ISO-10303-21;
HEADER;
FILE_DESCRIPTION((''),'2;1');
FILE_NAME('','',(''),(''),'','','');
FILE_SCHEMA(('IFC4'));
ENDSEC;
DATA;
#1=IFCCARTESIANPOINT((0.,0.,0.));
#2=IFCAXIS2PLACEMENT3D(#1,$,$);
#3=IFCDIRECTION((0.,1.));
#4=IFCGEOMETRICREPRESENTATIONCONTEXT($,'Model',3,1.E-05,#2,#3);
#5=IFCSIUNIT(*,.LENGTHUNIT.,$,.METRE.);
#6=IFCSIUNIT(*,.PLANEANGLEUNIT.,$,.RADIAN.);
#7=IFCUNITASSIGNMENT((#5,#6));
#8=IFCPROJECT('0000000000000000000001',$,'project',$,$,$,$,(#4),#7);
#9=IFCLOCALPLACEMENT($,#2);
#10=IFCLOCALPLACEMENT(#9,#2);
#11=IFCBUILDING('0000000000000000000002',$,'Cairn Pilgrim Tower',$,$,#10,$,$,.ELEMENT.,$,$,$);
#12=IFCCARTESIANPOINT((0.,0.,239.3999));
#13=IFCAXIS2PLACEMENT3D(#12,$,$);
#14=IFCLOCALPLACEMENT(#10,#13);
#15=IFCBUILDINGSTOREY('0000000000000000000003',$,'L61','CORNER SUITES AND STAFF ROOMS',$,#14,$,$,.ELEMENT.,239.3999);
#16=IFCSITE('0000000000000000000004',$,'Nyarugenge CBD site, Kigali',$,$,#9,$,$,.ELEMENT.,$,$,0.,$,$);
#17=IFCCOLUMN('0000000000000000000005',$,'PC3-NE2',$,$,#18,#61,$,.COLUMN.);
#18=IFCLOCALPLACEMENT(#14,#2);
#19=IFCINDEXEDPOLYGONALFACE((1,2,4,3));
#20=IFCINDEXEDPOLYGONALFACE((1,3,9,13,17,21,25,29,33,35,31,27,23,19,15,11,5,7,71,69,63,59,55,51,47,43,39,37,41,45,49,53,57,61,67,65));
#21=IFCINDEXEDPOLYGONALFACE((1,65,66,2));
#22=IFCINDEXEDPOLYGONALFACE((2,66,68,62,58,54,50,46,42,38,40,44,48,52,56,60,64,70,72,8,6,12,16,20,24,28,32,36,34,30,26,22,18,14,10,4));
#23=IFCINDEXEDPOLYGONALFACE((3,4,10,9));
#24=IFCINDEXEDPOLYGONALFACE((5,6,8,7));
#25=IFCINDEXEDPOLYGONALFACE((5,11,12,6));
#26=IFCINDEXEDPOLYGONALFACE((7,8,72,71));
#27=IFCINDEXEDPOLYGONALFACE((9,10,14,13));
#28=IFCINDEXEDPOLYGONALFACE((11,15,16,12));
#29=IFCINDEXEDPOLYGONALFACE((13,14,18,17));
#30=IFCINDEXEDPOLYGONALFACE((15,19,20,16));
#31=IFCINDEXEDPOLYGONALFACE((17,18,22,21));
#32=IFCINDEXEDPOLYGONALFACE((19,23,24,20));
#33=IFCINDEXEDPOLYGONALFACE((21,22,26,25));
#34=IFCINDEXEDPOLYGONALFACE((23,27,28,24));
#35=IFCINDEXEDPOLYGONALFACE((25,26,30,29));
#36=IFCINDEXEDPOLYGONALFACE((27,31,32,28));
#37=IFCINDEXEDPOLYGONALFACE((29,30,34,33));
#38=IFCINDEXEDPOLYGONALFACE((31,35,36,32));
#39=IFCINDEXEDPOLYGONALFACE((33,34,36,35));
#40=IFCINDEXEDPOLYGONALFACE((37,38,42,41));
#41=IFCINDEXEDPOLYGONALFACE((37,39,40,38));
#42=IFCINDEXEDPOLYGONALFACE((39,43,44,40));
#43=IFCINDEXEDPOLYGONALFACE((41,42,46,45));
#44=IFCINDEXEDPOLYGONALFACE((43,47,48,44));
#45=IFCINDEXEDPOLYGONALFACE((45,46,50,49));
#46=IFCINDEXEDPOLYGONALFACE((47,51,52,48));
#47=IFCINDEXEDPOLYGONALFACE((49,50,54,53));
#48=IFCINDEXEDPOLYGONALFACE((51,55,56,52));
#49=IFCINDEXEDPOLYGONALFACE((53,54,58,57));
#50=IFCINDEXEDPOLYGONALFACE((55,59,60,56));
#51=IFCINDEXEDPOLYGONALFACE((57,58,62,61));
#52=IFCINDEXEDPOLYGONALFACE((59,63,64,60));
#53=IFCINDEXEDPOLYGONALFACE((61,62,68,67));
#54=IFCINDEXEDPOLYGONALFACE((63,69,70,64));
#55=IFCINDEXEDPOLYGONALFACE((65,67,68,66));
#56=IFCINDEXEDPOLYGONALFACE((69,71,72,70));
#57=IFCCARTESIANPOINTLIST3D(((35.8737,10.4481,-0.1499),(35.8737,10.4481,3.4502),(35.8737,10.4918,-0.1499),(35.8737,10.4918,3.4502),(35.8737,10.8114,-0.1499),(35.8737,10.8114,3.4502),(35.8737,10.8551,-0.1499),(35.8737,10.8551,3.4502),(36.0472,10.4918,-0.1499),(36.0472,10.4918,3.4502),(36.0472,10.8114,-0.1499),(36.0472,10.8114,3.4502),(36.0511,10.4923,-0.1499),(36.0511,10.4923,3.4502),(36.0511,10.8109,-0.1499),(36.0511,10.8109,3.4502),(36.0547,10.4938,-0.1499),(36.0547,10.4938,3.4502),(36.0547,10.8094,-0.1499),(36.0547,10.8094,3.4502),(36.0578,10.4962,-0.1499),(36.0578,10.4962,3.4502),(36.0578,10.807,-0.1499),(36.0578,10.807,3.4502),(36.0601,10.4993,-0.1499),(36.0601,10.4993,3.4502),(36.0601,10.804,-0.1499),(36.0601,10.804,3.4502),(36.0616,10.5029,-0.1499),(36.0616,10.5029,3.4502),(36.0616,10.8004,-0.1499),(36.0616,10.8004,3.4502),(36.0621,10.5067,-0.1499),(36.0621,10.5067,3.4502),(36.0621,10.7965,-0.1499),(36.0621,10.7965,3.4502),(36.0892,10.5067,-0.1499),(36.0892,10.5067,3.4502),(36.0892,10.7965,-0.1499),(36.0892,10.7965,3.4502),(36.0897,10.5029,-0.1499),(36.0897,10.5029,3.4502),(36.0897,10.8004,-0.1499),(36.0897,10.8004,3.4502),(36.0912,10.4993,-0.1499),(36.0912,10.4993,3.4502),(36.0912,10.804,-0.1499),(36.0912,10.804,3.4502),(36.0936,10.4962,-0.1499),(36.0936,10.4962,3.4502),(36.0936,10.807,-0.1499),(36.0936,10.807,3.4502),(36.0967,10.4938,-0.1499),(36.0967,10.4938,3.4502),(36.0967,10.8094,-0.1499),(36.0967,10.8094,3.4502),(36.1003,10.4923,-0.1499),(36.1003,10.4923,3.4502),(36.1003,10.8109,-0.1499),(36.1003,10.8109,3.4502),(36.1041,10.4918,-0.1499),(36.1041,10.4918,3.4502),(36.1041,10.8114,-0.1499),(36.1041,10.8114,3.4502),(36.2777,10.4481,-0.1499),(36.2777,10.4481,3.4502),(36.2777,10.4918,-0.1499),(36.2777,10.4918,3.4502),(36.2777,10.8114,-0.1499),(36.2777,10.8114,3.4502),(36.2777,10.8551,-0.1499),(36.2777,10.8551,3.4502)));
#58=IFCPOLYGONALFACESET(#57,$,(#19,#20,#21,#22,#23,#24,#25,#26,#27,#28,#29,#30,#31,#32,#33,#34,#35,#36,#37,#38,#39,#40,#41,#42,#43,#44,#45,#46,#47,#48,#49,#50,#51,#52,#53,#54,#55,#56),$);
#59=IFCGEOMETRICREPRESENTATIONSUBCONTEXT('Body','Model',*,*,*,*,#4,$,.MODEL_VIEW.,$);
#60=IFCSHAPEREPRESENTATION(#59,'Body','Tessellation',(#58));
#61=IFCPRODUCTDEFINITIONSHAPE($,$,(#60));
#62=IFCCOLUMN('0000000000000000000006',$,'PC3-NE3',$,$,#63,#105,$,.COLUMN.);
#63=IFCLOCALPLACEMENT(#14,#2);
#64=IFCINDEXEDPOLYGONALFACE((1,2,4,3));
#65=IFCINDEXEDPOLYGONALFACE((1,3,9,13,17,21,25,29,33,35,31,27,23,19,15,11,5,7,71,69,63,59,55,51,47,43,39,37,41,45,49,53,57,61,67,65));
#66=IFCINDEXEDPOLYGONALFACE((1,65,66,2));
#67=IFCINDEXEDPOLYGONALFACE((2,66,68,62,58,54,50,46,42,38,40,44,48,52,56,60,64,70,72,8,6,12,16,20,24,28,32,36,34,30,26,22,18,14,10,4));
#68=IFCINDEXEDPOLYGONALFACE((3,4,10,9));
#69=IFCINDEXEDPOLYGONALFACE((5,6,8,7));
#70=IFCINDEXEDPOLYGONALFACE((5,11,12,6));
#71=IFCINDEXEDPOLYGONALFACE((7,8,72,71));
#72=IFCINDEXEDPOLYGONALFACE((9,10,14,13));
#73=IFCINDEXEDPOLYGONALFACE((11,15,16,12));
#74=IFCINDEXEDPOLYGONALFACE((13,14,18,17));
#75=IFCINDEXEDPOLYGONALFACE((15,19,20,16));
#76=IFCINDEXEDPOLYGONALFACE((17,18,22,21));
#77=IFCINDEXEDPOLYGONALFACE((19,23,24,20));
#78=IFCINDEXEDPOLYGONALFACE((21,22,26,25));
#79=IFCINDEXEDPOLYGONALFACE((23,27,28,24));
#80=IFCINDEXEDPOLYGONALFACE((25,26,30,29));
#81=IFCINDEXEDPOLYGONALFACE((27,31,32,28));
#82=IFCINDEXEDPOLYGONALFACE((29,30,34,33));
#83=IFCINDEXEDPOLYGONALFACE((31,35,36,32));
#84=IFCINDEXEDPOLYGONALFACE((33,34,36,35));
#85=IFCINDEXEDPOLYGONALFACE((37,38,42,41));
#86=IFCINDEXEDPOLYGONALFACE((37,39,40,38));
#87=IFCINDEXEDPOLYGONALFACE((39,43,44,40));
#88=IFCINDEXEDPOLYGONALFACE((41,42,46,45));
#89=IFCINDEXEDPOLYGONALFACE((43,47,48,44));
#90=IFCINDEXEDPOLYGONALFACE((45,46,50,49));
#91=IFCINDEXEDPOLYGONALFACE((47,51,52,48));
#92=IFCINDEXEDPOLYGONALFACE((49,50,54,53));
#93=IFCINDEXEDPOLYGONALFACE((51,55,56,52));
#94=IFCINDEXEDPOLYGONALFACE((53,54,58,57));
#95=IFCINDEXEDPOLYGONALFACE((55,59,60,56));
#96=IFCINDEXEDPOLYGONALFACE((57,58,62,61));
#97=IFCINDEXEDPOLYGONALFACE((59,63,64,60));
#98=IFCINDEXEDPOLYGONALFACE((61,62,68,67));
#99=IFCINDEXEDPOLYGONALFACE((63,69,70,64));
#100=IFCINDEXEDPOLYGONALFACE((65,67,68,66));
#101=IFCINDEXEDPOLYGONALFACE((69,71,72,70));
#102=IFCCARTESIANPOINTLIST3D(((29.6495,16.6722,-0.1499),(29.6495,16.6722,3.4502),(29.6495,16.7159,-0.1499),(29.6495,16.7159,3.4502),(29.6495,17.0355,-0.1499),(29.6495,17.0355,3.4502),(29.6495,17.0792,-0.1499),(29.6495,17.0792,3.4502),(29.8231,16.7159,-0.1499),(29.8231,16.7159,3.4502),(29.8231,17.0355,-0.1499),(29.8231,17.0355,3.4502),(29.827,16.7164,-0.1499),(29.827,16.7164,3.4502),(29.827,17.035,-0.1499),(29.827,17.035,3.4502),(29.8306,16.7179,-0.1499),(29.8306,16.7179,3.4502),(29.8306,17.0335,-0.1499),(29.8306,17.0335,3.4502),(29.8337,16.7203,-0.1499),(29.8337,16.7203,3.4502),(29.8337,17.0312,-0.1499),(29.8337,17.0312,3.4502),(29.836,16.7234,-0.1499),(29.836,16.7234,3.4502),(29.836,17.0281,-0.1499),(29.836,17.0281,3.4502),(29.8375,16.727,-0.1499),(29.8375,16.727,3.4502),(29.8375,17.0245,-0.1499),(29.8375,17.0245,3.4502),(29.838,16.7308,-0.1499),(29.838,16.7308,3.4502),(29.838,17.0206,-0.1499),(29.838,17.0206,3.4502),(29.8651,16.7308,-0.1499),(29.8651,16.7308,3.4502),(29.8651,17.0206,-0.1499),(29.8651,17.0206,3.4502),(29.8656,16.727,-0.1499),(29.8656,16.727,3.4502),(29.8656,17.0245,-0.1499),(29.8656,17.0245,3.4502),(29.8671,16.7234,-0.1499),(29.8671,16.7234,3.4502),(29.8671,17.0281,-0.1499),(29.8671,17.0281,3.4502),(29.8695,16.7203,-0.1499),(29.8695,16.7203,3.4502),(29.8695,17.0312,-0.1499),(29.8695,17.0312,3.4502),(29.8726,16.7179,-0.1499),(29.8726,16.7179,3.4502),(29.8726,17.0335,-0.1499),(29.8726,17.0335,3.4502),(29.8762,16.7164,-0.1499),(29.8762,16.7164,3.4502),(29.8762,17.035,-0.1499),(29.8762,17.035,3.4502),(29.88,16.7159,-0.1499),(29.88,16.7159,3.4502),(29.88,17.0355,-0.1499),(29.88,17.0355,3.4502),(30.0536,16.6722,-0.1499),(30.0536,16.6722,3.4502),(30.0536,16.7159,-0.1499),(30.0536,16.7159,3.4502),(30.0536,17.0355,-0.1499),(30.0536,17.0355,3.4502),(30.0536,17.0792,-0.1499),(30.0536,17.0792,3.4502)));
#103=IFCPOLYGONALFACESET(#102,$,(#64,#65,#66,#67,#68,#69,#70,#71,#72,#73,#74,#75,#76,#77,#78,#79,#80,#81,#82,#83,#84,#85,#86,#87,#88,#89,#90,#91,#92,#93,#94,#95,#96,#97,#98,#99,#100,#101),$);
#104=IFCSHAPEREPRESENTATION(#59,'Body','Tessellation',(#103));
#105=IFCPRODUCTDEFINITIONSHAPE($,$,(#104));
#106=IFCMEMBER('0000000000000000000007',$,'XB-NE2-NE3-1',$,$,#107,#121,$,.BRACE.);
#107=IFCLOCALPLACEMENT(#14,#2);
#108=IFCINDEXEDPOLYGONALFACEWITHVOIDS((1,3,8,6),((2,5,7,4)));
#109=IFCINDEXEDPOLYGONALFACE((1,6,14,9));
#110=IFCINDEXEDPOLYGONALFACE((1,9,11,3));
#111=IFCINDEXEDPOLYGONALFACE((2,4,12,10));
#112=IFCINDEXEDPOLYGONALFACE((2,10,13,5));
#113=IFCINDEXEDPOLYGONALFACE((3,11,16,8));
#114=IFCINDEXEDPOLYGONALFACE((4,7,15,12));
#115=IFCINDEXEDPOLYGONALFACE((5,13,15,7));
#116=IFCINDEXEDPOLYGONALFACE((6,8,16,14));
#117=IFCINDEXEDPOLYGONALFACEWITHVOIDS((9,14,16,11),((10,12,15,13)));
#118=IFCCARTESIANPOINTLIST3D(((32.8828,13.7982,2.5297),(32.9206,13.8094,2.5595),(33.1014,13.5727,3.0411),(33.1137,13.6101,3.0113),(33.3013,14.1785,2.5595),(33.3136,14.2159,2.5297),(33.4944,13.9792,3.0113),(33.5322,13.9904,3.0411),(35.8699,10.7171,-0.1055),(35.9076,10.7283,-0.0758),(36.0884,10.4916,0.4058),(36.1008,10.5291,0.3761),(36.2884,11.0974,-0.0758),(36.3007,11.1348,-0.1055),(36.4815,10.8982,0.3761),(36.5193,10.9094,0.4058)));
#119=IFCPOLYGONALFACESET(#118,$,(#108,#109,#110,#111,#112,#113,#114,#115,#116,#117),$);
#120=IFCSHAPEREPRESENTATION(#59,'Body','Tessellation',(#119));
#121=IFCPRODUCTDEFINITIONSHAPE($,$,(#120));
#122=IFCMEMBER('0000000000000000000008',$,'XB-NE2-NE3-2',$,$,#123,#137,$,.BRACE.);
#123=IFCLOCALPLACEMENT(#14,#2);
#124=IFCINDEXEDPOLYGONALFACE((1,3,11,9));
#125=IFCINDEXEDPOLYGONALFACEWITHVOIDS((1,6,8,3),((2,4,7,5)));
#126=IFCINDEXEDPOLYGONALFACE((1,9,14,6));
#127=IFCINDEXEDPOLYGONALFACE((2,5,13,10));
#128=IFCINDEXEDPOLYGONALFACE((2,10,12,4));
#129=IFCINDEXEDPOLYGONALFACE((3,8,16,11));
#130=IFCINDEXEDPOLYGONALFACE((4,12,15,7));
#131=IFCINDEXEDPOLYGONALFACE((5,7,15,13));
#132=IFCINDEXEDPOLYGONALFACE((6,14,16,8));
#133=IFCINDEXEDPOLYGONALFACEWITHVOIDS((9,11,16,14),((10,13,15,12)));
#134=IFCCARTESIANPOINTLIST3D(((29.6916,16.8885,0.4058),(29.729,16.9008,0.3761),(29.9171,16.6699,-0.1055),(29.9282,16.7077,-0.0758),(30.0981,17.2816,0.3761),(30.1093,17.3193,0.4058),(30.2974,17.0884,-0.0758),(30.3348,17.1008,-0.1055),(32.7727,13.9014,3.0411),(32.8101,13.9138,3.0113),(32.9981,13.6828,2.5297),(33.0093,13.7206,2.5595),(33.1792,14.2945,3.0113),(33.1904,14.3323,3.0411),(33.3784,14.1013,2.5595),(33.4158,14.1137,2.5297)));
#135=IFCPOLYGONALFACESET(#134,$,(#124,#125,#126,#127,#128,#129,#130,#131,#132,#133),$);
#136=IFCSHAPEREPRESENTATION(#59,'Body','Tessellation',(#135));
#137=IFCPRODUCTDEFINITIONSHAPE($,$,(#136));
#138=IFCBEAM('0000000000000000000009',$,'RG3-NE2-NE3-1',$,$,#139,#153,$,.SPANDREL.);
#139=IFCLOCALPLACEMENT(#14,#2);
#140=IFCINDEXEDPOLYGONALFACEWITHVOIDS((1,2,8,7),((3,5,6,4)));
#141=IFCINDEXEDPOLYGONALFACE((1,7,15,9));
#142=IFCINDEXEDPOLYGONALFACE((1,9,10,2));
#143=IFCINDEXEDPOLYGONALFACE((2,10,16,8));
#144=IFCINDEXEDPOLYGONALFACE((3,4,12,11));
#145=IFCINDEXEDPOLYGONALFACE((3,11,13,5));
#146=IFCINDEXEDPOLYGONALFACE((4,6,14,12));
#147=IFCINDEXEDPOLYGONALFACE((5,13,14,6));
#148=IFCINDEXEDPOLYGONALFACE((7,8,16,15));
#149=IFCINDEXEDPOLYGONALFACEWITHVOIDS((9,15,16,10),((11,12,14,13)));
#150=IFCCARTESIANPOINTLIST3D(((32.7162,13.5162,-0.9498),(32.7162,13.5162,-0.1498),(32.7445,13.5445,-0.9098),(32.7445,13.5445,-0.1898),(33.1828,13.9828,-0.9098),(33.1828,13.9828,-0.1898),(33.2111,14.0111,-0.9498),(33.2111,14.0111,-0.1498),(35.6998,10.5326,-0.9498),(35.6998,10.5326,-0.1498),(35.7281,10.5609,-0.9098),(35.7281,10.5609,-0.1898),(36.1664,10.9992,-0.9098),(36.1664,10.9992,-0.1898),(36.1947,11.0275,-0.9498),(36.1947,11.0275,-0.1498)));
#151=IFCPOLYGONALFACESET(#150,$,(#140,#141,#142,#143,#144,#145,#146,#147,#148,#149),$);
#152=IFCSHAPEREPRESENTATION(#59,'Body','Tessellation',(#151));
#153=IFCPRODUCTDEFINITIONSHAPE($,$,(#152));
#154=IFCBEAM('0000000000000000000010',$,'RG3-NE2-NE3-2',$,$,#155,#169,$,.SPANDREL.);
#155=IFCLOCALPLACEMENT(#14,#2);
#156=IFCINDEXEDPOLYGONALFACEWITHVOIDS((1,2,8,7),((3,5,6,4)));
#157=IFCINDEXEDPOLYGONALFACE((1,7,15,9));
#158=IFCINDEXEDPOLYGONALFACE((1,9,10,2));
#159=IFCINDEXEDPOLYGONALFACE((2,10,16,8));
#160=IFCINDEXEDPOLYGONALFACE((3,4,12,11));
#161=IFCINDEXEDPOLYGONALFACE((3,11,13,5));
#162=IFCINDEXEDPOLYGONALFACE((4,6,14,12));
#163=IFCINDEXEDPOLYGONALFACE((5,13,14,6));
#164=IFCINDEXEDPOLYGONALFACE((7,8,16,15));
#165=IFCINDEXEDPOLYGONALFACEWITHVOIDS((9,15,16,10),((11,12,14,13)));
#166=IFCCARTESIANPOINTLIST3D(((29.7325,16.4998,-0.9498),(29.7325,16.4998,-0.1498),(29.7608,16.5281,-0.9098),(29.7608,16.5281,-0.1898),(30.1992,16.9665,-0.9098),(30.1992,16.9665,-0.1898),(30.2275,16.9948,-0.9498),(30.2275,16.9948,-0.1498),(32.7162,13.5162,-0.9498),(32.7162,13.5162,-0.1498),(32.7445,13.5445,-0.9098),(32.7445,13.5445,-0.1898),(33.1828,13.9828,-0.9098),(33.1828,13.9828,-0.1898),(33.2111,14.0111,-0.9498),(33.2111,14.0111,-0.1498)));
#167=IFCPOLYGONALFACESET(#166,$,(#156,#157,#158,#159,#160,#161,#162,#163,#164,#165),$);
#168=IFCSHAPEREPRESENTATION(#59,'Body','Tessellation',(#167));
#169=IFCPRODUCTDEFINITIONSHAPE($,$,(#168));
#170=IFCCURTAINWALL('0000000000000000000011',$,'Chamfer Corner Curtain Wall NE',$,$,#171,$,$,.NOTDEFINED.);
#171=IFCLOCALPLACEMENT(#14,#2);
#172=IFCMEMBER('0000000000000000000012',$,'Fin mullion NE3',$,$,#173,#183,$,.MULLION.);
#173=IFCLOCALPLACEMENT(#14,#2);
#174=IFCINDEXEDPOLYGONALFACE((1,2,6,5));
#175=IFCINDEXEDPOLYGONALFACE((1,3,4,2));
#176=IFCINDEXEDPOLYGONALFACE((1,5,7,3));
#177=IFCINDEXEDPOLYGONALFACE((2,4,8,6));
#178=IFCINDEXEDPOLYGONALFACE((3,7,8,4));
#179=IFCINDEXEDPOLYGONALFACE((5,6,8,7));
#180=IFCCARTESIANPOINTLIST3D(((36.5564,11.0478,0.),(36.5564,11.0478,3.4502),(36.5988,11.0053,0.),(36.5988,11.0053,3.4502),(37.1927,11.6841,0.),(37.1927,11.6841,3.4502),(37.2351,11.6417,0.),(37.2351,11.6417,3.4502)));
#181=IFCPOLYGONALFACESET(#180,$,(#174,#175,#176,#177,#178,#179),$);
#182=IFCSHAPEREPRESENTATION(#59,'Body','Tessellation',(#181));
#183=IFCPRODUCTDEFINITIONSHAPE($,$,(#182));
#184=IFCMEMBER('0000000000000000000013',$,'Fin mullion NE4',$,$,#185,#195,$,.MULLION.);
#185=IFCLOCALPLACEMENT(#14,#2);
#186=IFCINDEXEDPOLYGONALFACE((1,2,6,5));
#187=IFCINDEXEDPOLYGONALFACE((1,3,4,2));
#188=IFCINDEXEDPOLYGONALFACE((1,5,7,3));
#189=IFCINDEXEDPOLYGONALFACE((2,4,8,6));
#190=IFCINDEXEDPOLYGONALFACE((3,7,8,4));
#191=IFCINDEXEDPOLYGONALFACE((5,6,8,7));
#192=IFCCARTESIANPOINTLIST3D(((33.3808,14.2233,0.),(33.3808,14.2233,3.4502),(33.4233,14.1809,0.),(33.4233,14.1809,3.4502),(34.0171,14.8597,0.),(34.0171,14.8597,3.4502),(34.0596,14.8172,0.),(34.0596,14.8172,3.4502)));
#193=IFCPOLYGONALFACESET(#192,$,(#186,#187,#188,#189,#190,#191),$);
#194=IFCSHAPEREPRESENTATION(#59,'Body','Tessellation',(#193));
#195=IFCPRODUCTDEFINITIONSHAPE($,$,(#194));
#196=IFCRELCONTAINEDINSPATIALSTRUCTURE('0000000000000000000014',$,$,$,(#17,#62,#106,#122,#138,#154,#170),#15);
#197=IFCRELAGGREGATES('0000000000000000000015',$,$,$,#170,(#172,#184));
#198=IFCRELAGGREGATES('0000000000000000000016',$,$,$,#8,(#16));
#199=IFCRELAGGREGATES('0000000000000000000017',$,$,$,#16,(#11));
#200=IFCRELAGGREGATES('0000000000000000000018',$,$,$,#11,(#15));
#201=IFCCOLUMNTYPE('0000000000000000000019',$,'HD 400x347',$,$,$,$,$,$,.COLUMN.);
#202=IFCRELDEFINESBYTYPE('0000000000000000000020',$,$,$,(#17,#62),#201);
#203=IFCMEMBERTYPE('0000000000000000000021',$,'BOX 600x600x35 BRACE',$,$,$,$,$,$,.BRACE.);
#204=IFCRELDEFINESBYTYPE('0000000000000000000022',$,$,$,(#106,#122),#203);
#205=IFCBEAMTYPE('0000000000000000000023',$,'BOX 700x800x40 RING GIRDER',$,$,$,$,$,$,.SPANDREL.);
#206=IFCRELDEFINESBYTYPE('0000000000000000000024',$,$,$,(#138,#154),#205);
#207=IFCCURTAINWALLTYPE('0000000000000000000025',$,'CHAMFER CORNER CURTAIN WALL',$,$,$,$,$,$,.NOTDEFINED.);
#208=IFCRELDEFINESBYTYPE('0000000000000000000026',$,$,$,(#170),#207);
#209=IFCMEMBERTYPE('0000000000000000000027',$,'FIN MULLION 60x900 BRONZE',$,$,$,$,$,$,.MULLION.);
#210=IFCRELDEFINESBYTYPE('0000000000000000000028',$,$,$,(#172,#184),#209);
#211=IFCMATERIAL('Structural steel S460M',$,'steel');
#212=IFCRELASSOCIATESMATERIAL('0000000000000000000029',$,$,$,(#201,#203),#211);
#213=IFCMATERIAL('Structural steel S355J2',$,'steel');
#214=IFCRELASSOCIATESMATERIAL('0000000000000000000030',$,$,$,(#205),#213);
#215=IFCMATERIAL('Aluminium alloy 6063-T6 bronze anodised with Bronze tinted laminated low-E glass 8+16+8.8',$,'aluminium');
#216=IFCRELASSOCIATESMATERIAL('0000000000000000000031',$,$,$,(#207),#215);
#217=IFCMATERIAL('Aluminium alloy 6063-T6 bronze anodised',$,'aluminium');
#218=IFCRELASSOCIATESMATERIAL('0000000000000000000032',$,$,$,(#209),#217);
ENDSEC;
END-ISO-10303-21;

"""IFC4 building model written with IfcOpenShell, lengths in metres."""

from ifc_helpers import new_model, si_unit, direction, frame, origin, origin_2d, place, context, subcontext, project, spatial, rectangle, hollow_rectangle, i_section, extrude, material, material_profile, profile_set, type_object, element, aggregate, save


model = new_model("IFC4")

# Units and contexts
model_context = context("Model", 3, precision=1e-05, world=origin(), true_north=direction((0.0, 1.0)))
body_context = subcontext(model_context, "Body", "Model", "MODEL_VIEW")
ifc_project = project(units=[si_unit("LENGTHUNIT", "METRE"), si_unit("PLANEANGLEUNIT", "RADIAN")], contexts=[model_context])

# Site, building, storey
site_placement = place(None, origin())
site = spatial("IfcSite", under=ifc_project, at=site_placement, Name="Nyarugenge CBD site, Kigali", CompositionType="ELEMENT", RefElevation=0.0)
building_placement = place(site_placement, origin())
building = spatial("IfcBuilding", under=site, at=building_placement, Name="Cairn Pilgrim Tower", CompositionType="ELEMENT")
storey_placement = place(building_placement, frame((0.0, 0.0, 239.3999)))
storey = spatial("IfcBuildingStorey", under=building, at=storey_placement, Name="L61", Description="CORNER SUITES AND STAFF ROOMS", CompositionType="ELEMENT", Elevation=239.3999)

# Columns
ifc_material_1 = material(Name="Structural steel S460M", Category="steel")
ifc_material_profile_1 = material_profile(ifc_material_1, i_section(OverallWidth=0.4041, OverallDepth=0.407, WebThickness=0.0271, FlangeThickness=0.0437, FilletRadius=0.0149, at=origin_2d()), Name="HD 400x347")
ifc_profile_set_1 = profile_set([ifc_material_profile_1], Name="Structural steel S460M")
column_type = type_object("IfcColumnType", Name="HD 400x347", PredefinedType="COLUMN", material=ifc_profile_set_1)
for number, where, z_axis, x_axis, name in (
    (1, (36.0757, 10.6516, -0.1499), (0.0, 0.0, 1.0), (1.0, 0.0, 0.0), "PC3-NE2"),
    (2, (29.8516, 16.8757, -0.1499), (0.0, 0.0, 1.0), (1.0, 0.0, 0.0), "PC3-NE3"),
):
    element("IfcColumn", number, at=place(storey_placement, frame(where, z_axis=z_axis, x_axis=x_axis)), inside=storey, type_object=column_type, Name=name, PredefinedType="COLUMN", context=body_context, shape_type="SweptSolid", body=[
        extrude(i_section(OverallWidth=0.4041, OverallDepth=0.407, WebThickness=0.0271, FlangeThickness=0.0437, FilletRadius=0.0149, at=origin_2d()), origin(), (0.0, 0.0, 1.0), 3.6001),
    ])

# Members
ifc_material_profile_2 = material_profile(ifc_material_1, hollow_rectangle(XDim=0.6001, YDim=0.6001, WallThickness=0.0349, at=origin_2d()), Name="BOX 600x600x35")
ifc_profile_set_2 = profile_set([ifc_material_profile_2], Name="Structural steel S460M")
member_type_1 = type_object("IfcMemberType", Name="BOX 600x600x35 BRACE", PredefinedType="BRACE", material=ifc_profile_set_2)
for number, where, z_axis, x_axis, name in (
    (3, (36.1946, 10.8132, 0.1501), (-0.593157, 0.611822, 0.523297), (-0.717974, -0.69607, 0.0), "XB-NE2-NE3-1"),
    (4, (30.0132, 16.9946, 0.1501), (0.611822, -0.593157, 0.523297), (0.69607, 0.717974, 0.0), "XB-NE2-NE3-2"),
):
    element("IfcMember", number, at=place(storey_placement, frame(where, z_axis=z_axis, x_axis=x_axis)), inside=storey, type_object=member_type_1, Name=name, PredefinedType="BRACE", context=body_context, shape_type="SweptSolid", body=[
        extrude(hollow_rectangle(XDim=0.6001, YDim=0.6001, WallThickness=0.0349, at=origin_2d()), origin(), (0.0, 0.0, 1.0), 5.0359),
    ])

# Beams
ifc_material_2 = material(Name="Structural steel S355J2", Category="steel")
ifc_material_profile_3 = material_profile(ifc_material_2, hollow_rectangle(XDim=0.7, YDim=0.8, WallThickness=0.04, at=origin_2d()), Name="BOX 700x800x40")
ifc_profile_set_3 = profile_set([ifc_material_profile_3], Name="Structural steel S355J2")
beam_type_1 = type_object("IfcBeamType", Name="BOX 700x800x40 RING GIRDER", PredefinedType="SPANDREL", material=ifc_profile_set_3)
for number, where, z_axis, x_axis, name in (
    (5, (35.9473, 10.78, -0.5498), (-0.707107, 0.707107, 0.0), (-0.707107, -0.707107, 0.0), "RG3-NE2-NE3-1"),
    (6, (32.9636, 13.7637, -0.5498), (-0.707107, 0.707107, 0.0), (-0.707107, -0.707107, 0.0), "RG3-NE2-NE3-2"),
):
    element("IfcBeam", number, at=place(storey_placement, frame(where, z_axis=z_axis, x_axis=x_axis)), inside=storey, type_object=beam_type_1, Name=name, PredefinedType="SPANDREL", context=body_context, shape_type="SweptSolid", body=[
        extrude(hollow_rectangle(XDim=0.7, YDim=0.8, WallThickness=0.04, at=origin_2d()), origin(), (0.0, 0.0, 1.0), 4.2195),
    ])

# Curtain wall, members
ifc_material_3 = material(Name="Aluminium alloy 6063-T6 bronze anodised with Bronze tinted laminated low-E glass 8+16+8.8", Category="aluminium")
curtain_wall_type = type_object("IfcCurtainWallType", Name="CHAMFER CORNER CURTAIN WALL", PredefinedType="NOTDEFINED", material=ifc_material_3)
curtain_wall_placement = place(storey_placement, origin())
curtain_wall = element("IfcCurtainWall", 7, at=curtain_wall_placement, inside=storey, type_object=curtain_wall_type, Name="Chamfer Corner Curtain Wall NE", PredefinedType="NOTDEFINED")
ifc_material_4 = material(Name="Aluminium alloy 6063-T6 bronze anodised", Category="aluminium")
ifc_material_profile_4 = material_profile(ifc_material_4, rectangle(XDim=0.8999, YDim=0.0601, at=origin_2d()), Name="FIN MULLION 60x900 BRONZE")
ifc_profile_set_4 = profile_set([ifc_material_profile_4], Name="Aluminium alloy 6063-T6 bronze anodised")
member_type_2 = type_object("IfcMemberType", Name="FIN MULLION 60x900 BRONZE", PredefinedType="MULLION", material=ifc_profile_set_4)
member_1_placement = place(storey_placement, frame((36.8958, 11.3447, 0.0), z_axis=(0.0, 0.0, 1.0), x_axis=(0.707107, 0.707107, 0.0)))
member_1 = element("IfcMember", 8, at=member_1_placement, type_object=member_type_2, Name="Fin mullion NE3", PredefinedType="MULLION", context=body_context, shape_type="SweptSolid", body=[
    extrude(rectangle(XDim=0.8999, YDim=0.0601, at=origin_2d()), origin(), (0.0, 0.0, 1.0), 3.4502),
])
member_2_placement = place(storey_placement, frame((33.7202, 14.5203, 0.0), z_axis=(0.0, 0.0, 1.0), x_axis=(0.707107, 0.707107, 0.0)))
member_2 = element("IfcMember", 9, at=member_2_placement, type_object=member_type_2, Name="Fin mullion NE4", PredefinedType="MULLION", context=body_context, shape_type="SweptSolid", body=[
    extrude(rectangle(XDim=0.8999, YDim=0.0601, at=origin_2d()), origin(), (0.0, 0.0, 1.0), 3.4502),
])

aggregate(curtain_wall, [member_1, member_2])

save(model, "model.ifc")
